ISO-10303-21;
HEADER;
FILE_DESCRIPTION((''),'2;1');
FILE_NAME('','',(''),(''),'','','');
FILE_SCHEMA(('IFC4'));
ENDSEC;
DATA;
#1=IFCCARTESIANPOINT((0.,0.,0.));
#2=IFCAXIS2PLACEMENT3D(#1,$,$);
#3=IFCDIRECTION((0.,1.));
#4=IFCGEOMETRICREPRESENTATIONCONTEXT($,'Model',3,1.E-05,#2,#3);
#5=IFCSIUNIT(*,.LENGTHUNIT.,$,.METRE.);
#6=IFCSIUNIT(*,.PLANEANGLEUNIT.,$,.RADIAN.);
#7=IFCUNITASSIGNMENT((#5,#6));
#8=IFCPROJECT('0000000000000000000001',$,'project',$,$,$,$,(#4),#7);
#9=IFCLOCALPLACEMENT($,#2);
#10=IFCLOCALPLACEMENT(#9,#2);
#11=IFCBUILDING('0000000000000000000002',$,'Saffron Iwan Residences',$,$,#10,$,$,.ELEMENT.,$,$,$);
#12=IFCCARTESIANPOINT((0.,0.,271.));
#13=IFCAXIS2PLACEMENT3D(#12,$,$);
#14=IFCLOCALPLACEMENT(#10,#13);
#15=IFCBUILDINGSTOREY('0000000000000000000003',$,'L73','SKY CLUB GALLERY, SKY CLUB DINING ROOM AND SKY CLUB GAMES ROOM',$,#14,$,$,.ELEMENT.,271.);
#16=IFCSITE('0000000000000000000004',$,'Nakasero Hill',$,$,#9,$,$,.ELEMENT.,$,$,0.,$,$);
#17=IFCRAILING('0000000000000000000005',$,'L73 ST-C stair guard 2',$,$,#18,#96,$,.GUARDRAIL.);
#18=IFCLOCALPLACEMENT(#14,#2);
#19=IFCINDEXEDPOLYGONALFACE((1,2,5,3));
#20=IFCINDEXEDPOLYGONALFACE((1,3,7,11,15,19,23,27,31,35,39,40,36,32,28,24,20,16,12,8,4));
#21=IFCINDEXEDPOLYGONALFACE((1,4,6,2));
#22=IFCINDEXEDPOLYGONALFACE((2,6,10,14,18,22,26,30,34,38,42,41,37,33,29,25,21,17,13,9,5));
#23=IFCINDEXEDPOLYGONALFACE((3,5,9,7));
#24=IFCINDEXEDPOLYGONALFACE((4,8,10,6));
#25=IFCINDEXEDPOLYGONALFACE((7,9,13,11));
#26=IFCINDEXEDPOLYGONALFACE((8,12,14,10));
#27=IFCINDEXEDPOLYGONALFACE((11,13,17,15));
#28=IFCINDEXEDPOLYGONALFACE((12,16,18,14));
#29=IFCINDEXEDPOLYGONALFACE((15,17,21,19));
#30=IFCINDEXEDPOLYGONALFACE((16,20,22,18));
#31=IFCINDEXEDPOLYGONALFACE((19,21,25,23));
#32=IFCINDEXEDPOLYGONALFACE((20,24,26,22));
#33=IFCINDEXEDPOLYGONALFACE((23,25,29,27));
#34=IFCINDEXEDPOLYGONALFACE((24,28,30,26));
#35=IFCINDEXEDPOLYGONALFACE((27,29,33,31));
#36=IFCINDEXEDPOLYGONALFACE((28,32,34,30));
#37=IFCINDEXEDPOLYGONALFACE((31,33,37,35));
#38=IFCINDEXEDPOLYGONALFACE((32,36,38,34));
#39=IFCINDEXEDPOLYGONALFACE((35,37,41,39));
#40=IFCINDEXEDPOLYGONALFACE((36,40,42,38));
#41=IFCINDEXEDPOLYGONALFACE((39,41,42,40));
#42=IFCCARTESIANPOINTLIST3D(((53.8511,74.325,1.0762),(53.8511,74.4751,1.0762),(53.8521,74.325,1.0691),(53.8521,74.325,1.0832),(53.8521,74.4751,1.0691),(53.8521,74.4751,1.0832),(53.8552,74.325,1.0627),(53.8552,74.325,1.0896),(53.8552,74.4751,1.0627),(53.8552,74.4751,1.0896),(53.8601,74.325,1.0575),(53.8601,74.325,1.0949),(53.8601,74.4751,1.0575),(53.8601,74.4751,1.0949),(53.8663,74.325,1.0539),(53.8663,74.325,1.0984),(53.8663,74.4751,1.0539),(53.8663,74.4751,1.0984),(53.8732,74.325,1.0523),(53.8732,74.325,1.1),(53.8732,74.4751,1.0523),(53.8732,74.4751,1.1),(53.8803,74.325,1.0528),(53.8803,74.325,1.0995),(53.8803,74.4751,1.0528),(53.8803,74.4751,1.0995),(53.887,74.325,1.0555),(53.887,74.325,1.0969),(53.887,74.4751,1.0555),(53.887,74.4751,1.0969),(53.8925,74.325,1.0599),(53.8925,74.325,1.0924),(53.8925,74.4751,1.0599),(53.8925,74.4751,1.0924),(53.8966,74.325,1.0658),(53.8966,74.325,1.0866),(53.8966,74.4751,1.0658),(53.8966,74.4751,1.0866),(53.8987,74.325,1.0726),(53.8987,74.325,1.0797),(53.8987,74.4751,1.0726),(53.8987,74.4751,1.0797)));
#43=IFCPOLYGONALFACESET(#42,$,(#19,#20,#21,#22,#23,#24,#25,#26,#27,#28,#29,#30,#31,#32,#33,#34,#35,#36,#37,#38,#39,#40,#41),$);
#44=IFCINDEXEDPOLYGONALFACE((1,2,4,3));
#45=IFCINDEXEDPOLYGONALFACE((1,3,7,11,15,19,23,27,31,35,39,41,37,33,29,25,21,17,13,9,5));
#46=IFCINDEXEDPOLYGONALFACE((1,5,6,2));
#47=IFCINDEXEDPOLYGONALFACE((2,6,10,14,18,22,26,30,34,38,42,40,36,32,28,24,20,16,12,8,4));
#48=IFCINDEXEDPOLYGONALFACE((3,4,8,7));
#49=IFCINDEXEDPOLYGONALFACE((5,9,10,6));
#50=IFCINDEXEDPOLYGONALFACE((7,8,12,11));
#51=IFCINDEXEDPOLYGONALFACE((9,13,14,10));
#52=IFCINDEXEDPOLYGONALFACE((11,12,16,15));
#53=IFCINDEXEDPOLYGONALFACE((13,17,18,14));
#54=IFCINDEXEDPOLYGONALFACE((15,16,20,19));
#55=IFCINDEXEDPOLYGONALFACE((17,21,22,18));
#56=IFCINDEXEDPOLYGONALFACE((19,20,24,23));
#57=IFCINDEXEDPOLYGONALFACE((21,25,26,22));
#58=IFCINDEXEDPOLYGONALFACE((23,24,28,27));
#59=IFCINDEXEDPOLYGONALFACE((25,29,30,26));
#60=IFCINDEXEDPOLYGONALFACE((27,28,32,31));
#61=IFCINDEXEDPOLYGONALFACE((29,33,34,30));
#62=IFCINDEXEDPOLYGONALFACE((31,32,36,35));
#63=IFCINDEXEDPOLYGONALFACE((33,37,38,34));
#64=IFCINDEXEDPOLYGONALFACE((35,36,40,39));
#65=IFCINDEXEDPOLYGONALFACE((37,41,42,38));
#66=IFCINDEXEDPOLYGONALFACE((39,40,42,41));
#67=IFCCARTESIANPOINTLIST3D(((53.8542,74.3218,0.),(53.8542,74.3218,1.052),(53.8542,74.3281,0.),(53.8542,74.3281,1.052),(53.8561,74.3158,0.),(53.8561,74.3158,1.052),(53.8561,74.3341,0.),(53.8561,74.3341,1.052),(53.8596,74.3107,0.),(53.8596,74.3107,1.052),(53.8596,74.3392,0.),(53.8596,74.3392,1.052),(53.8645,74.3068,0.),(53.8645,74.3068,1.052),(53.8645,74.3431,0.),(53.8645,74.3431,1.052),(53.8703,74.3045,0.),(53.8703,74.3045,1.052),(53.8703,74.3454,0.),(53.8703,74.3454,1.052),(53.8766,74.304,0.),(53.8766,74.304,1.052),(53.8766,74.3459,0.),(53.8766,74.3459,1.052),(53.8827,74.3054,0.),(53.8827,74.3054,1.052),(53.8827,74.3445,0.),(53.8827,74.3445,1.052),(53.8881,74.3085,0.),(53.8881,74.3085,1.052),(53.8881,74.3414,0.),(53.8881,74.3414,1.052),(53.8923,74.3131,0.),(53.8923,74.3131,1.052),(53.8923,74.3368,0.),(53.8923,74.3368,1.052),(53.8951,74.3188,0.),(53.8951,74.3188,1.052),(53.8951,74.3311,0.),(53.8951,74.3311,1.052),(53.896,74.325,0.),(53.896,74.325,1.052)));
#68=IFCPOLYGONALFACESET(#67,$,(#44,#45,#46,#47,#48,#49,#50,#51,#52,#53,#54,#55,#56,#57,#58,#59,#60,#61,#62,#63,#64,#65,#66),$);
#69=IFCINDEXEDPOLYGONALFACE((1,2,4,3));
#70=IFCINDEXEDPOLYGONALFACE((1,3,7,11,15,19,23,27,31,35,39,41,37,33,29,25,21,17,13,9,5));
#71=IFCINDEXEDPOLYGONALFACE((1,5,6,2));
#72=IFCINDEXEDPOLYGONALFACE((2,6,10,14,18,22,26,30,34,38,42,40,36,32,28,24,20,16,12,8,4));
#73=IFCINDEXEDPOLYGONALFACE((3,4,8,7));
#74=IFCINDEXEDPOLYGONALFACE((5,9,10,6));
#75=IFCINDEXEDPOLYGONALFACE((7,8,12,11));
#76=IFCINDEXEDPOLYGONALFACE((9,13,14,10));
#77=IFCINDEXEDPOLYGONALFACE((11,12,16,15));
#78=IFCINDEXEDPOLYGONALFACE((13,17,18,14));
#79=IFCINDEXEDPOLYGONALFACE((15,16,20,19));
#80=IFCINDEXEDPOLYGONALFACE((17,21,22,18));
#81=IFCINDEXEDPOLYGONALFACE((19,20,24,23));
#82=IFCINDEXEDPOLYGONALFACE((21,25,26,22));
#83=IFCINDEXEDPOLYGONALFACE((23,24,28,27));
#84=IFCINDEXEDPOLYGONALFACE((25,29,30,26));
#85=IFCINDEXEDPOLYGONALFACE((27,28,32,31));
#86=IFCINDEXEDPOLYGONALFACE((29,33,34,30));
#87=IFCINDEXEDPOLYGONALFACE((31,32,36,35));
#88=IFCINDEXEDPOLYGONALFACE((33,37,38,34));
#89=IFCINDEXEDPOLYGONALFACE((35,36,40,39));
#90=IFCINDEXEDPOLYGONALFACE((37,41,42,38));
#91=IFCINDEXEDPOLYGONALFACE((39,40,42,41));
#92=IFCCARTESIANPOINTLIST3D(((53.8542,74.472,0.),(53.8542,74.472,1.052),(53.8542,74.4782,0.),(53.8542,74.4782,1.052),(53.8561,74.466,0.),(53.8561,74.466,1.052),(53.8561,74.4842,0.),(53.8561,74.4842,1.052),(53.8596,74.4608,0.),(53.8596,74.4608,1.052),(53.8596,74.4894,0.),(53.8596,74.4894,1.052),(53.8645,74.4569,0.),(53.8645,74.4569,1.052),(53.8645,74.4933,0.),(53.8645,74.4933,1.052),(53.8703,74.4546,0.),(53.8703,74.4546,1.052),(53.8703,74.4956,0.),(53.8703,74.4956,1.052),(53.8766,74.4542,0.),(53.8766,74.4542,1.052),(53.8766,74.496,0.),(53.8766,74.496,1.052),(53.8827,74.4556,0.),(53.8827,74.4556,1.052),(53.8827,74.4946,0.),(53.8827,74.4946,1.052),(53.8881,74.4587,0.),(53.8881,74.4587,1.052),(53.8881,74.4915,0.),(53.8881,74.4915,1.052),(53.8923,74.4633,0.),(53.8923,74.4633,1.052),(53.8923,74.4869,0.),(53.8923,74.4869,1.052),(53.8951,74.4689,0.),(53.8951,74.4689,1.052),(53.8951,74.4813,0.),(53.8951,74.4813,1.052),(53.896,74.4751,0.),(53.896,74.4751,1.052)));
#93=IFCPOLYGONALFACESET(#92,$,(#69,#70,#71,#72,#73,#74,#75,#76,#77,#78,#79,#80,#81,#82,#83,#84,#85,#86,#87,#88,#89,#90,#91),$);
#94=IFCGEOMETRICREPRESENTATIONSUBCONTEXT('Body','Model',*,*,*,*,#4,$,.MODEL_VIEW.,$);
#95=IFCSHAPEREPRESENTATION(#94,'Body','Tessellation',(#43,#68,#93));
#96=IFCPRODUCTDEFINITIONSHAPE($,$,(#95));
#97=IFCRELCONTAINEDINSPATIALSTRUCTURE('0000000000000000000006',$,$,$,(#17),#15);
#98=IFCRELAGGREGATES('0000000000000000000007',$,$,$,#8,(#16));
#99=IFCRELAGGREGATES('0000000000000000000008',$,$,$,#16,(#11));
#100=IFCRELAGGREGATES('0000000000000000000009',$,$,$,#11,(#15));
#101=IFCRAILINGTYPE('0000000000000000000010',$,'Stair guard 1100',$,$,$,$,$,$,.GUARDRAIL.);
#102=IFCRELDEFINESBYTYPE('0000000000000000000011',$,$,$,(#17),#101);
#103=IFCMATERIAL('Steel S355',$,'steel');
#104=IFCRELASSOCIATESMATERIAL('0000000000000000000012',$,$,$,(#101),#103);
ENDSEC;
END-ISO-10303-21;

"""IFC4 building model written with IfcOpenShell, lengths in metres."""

from ifc_helpers import new_model, si_unit, direction, frame, origin, origin_2d, place, context, subcontext, project, spatial, circle, extrude, material, type_object, element, save


model = new_model("IFC4")

# Units and contexts
model_context = context("Model", 3, precision=1e-05, world=origin(), true_north=direction((0.0, 1.0)))
body_context = subcontext(model_context, "Body", "Model", "MODEL_VIEW")
ifc_project = project(units=[si_unit("LENGTHUNIT", "METRE"), si_unit("PLANEANGLEUNIT", "RADIAN")], contexts=[model_context])

# Site, building, storey
site_placement = place(None, origin())
site = spatial("IfcSite", under=ifc_project, at=site_placement, Name="Nakasero Hill", CompositionType="ELEMENT", RefElevation=0.0)
building_placement = place(site_placement, origin())
building = spatial("IfcBuilding", under=site, at=building_placement, Name="Saffron Iwan Residences", CompositionType="ELEMENT")
storey_placement = place(building_placement, frame((0.0, 0.0, 271.0)))
storey = spatial("IfcBuildingStorey", under=building, at=storey_placement, Name="L73", Description="SKY CLUB GALLERY, SKY CLUB DINING ROOM AND SKY CLUB GAMES ROOM", CompositionType="ELEMENT", Elevation=271.0)

# Railing
ifc_material_1 = material(Name="Steel S355", Category="steel")
railing_type_1 = type_object("IfcRailingType", Name="Stair guard 1100", PredefinedType="GUARDRAIL", material=ifc_material_1)
railing_1_placement = place(storey_placement, frame((53.875, 74.325, 0.0)))
element("IfcRailing", 1, at=railing_1_placement, inside=storey, type_object=railing_type_1, Name="L73 ST-C stair guard 2", PredefinedType="GUARDRAIL", context=body_context, shape_type="SweptSolid", body=[
    extrude(circle(Radius=0.0239, at=origin_2d()), frame((0.0, 0.0, 1.0762), z_axis=(0.0, 1.0, 0.0), x_axis=(-1.0, 0.0, 0.0)), (0.0, 0.0, 1.0), 0.1501),
    extrude(circle(Radius=0.021, at=origin_2d()), origin(), (0.0, 0.0, 1.0), 1.052),
    extrude(circle(Radius=0.021, at=origin_2d()), frame((0.0, 0.1501, 0.0)), (0.0, 0.0, 1.0), 1.052),
])

save(model, "model.ifc")
